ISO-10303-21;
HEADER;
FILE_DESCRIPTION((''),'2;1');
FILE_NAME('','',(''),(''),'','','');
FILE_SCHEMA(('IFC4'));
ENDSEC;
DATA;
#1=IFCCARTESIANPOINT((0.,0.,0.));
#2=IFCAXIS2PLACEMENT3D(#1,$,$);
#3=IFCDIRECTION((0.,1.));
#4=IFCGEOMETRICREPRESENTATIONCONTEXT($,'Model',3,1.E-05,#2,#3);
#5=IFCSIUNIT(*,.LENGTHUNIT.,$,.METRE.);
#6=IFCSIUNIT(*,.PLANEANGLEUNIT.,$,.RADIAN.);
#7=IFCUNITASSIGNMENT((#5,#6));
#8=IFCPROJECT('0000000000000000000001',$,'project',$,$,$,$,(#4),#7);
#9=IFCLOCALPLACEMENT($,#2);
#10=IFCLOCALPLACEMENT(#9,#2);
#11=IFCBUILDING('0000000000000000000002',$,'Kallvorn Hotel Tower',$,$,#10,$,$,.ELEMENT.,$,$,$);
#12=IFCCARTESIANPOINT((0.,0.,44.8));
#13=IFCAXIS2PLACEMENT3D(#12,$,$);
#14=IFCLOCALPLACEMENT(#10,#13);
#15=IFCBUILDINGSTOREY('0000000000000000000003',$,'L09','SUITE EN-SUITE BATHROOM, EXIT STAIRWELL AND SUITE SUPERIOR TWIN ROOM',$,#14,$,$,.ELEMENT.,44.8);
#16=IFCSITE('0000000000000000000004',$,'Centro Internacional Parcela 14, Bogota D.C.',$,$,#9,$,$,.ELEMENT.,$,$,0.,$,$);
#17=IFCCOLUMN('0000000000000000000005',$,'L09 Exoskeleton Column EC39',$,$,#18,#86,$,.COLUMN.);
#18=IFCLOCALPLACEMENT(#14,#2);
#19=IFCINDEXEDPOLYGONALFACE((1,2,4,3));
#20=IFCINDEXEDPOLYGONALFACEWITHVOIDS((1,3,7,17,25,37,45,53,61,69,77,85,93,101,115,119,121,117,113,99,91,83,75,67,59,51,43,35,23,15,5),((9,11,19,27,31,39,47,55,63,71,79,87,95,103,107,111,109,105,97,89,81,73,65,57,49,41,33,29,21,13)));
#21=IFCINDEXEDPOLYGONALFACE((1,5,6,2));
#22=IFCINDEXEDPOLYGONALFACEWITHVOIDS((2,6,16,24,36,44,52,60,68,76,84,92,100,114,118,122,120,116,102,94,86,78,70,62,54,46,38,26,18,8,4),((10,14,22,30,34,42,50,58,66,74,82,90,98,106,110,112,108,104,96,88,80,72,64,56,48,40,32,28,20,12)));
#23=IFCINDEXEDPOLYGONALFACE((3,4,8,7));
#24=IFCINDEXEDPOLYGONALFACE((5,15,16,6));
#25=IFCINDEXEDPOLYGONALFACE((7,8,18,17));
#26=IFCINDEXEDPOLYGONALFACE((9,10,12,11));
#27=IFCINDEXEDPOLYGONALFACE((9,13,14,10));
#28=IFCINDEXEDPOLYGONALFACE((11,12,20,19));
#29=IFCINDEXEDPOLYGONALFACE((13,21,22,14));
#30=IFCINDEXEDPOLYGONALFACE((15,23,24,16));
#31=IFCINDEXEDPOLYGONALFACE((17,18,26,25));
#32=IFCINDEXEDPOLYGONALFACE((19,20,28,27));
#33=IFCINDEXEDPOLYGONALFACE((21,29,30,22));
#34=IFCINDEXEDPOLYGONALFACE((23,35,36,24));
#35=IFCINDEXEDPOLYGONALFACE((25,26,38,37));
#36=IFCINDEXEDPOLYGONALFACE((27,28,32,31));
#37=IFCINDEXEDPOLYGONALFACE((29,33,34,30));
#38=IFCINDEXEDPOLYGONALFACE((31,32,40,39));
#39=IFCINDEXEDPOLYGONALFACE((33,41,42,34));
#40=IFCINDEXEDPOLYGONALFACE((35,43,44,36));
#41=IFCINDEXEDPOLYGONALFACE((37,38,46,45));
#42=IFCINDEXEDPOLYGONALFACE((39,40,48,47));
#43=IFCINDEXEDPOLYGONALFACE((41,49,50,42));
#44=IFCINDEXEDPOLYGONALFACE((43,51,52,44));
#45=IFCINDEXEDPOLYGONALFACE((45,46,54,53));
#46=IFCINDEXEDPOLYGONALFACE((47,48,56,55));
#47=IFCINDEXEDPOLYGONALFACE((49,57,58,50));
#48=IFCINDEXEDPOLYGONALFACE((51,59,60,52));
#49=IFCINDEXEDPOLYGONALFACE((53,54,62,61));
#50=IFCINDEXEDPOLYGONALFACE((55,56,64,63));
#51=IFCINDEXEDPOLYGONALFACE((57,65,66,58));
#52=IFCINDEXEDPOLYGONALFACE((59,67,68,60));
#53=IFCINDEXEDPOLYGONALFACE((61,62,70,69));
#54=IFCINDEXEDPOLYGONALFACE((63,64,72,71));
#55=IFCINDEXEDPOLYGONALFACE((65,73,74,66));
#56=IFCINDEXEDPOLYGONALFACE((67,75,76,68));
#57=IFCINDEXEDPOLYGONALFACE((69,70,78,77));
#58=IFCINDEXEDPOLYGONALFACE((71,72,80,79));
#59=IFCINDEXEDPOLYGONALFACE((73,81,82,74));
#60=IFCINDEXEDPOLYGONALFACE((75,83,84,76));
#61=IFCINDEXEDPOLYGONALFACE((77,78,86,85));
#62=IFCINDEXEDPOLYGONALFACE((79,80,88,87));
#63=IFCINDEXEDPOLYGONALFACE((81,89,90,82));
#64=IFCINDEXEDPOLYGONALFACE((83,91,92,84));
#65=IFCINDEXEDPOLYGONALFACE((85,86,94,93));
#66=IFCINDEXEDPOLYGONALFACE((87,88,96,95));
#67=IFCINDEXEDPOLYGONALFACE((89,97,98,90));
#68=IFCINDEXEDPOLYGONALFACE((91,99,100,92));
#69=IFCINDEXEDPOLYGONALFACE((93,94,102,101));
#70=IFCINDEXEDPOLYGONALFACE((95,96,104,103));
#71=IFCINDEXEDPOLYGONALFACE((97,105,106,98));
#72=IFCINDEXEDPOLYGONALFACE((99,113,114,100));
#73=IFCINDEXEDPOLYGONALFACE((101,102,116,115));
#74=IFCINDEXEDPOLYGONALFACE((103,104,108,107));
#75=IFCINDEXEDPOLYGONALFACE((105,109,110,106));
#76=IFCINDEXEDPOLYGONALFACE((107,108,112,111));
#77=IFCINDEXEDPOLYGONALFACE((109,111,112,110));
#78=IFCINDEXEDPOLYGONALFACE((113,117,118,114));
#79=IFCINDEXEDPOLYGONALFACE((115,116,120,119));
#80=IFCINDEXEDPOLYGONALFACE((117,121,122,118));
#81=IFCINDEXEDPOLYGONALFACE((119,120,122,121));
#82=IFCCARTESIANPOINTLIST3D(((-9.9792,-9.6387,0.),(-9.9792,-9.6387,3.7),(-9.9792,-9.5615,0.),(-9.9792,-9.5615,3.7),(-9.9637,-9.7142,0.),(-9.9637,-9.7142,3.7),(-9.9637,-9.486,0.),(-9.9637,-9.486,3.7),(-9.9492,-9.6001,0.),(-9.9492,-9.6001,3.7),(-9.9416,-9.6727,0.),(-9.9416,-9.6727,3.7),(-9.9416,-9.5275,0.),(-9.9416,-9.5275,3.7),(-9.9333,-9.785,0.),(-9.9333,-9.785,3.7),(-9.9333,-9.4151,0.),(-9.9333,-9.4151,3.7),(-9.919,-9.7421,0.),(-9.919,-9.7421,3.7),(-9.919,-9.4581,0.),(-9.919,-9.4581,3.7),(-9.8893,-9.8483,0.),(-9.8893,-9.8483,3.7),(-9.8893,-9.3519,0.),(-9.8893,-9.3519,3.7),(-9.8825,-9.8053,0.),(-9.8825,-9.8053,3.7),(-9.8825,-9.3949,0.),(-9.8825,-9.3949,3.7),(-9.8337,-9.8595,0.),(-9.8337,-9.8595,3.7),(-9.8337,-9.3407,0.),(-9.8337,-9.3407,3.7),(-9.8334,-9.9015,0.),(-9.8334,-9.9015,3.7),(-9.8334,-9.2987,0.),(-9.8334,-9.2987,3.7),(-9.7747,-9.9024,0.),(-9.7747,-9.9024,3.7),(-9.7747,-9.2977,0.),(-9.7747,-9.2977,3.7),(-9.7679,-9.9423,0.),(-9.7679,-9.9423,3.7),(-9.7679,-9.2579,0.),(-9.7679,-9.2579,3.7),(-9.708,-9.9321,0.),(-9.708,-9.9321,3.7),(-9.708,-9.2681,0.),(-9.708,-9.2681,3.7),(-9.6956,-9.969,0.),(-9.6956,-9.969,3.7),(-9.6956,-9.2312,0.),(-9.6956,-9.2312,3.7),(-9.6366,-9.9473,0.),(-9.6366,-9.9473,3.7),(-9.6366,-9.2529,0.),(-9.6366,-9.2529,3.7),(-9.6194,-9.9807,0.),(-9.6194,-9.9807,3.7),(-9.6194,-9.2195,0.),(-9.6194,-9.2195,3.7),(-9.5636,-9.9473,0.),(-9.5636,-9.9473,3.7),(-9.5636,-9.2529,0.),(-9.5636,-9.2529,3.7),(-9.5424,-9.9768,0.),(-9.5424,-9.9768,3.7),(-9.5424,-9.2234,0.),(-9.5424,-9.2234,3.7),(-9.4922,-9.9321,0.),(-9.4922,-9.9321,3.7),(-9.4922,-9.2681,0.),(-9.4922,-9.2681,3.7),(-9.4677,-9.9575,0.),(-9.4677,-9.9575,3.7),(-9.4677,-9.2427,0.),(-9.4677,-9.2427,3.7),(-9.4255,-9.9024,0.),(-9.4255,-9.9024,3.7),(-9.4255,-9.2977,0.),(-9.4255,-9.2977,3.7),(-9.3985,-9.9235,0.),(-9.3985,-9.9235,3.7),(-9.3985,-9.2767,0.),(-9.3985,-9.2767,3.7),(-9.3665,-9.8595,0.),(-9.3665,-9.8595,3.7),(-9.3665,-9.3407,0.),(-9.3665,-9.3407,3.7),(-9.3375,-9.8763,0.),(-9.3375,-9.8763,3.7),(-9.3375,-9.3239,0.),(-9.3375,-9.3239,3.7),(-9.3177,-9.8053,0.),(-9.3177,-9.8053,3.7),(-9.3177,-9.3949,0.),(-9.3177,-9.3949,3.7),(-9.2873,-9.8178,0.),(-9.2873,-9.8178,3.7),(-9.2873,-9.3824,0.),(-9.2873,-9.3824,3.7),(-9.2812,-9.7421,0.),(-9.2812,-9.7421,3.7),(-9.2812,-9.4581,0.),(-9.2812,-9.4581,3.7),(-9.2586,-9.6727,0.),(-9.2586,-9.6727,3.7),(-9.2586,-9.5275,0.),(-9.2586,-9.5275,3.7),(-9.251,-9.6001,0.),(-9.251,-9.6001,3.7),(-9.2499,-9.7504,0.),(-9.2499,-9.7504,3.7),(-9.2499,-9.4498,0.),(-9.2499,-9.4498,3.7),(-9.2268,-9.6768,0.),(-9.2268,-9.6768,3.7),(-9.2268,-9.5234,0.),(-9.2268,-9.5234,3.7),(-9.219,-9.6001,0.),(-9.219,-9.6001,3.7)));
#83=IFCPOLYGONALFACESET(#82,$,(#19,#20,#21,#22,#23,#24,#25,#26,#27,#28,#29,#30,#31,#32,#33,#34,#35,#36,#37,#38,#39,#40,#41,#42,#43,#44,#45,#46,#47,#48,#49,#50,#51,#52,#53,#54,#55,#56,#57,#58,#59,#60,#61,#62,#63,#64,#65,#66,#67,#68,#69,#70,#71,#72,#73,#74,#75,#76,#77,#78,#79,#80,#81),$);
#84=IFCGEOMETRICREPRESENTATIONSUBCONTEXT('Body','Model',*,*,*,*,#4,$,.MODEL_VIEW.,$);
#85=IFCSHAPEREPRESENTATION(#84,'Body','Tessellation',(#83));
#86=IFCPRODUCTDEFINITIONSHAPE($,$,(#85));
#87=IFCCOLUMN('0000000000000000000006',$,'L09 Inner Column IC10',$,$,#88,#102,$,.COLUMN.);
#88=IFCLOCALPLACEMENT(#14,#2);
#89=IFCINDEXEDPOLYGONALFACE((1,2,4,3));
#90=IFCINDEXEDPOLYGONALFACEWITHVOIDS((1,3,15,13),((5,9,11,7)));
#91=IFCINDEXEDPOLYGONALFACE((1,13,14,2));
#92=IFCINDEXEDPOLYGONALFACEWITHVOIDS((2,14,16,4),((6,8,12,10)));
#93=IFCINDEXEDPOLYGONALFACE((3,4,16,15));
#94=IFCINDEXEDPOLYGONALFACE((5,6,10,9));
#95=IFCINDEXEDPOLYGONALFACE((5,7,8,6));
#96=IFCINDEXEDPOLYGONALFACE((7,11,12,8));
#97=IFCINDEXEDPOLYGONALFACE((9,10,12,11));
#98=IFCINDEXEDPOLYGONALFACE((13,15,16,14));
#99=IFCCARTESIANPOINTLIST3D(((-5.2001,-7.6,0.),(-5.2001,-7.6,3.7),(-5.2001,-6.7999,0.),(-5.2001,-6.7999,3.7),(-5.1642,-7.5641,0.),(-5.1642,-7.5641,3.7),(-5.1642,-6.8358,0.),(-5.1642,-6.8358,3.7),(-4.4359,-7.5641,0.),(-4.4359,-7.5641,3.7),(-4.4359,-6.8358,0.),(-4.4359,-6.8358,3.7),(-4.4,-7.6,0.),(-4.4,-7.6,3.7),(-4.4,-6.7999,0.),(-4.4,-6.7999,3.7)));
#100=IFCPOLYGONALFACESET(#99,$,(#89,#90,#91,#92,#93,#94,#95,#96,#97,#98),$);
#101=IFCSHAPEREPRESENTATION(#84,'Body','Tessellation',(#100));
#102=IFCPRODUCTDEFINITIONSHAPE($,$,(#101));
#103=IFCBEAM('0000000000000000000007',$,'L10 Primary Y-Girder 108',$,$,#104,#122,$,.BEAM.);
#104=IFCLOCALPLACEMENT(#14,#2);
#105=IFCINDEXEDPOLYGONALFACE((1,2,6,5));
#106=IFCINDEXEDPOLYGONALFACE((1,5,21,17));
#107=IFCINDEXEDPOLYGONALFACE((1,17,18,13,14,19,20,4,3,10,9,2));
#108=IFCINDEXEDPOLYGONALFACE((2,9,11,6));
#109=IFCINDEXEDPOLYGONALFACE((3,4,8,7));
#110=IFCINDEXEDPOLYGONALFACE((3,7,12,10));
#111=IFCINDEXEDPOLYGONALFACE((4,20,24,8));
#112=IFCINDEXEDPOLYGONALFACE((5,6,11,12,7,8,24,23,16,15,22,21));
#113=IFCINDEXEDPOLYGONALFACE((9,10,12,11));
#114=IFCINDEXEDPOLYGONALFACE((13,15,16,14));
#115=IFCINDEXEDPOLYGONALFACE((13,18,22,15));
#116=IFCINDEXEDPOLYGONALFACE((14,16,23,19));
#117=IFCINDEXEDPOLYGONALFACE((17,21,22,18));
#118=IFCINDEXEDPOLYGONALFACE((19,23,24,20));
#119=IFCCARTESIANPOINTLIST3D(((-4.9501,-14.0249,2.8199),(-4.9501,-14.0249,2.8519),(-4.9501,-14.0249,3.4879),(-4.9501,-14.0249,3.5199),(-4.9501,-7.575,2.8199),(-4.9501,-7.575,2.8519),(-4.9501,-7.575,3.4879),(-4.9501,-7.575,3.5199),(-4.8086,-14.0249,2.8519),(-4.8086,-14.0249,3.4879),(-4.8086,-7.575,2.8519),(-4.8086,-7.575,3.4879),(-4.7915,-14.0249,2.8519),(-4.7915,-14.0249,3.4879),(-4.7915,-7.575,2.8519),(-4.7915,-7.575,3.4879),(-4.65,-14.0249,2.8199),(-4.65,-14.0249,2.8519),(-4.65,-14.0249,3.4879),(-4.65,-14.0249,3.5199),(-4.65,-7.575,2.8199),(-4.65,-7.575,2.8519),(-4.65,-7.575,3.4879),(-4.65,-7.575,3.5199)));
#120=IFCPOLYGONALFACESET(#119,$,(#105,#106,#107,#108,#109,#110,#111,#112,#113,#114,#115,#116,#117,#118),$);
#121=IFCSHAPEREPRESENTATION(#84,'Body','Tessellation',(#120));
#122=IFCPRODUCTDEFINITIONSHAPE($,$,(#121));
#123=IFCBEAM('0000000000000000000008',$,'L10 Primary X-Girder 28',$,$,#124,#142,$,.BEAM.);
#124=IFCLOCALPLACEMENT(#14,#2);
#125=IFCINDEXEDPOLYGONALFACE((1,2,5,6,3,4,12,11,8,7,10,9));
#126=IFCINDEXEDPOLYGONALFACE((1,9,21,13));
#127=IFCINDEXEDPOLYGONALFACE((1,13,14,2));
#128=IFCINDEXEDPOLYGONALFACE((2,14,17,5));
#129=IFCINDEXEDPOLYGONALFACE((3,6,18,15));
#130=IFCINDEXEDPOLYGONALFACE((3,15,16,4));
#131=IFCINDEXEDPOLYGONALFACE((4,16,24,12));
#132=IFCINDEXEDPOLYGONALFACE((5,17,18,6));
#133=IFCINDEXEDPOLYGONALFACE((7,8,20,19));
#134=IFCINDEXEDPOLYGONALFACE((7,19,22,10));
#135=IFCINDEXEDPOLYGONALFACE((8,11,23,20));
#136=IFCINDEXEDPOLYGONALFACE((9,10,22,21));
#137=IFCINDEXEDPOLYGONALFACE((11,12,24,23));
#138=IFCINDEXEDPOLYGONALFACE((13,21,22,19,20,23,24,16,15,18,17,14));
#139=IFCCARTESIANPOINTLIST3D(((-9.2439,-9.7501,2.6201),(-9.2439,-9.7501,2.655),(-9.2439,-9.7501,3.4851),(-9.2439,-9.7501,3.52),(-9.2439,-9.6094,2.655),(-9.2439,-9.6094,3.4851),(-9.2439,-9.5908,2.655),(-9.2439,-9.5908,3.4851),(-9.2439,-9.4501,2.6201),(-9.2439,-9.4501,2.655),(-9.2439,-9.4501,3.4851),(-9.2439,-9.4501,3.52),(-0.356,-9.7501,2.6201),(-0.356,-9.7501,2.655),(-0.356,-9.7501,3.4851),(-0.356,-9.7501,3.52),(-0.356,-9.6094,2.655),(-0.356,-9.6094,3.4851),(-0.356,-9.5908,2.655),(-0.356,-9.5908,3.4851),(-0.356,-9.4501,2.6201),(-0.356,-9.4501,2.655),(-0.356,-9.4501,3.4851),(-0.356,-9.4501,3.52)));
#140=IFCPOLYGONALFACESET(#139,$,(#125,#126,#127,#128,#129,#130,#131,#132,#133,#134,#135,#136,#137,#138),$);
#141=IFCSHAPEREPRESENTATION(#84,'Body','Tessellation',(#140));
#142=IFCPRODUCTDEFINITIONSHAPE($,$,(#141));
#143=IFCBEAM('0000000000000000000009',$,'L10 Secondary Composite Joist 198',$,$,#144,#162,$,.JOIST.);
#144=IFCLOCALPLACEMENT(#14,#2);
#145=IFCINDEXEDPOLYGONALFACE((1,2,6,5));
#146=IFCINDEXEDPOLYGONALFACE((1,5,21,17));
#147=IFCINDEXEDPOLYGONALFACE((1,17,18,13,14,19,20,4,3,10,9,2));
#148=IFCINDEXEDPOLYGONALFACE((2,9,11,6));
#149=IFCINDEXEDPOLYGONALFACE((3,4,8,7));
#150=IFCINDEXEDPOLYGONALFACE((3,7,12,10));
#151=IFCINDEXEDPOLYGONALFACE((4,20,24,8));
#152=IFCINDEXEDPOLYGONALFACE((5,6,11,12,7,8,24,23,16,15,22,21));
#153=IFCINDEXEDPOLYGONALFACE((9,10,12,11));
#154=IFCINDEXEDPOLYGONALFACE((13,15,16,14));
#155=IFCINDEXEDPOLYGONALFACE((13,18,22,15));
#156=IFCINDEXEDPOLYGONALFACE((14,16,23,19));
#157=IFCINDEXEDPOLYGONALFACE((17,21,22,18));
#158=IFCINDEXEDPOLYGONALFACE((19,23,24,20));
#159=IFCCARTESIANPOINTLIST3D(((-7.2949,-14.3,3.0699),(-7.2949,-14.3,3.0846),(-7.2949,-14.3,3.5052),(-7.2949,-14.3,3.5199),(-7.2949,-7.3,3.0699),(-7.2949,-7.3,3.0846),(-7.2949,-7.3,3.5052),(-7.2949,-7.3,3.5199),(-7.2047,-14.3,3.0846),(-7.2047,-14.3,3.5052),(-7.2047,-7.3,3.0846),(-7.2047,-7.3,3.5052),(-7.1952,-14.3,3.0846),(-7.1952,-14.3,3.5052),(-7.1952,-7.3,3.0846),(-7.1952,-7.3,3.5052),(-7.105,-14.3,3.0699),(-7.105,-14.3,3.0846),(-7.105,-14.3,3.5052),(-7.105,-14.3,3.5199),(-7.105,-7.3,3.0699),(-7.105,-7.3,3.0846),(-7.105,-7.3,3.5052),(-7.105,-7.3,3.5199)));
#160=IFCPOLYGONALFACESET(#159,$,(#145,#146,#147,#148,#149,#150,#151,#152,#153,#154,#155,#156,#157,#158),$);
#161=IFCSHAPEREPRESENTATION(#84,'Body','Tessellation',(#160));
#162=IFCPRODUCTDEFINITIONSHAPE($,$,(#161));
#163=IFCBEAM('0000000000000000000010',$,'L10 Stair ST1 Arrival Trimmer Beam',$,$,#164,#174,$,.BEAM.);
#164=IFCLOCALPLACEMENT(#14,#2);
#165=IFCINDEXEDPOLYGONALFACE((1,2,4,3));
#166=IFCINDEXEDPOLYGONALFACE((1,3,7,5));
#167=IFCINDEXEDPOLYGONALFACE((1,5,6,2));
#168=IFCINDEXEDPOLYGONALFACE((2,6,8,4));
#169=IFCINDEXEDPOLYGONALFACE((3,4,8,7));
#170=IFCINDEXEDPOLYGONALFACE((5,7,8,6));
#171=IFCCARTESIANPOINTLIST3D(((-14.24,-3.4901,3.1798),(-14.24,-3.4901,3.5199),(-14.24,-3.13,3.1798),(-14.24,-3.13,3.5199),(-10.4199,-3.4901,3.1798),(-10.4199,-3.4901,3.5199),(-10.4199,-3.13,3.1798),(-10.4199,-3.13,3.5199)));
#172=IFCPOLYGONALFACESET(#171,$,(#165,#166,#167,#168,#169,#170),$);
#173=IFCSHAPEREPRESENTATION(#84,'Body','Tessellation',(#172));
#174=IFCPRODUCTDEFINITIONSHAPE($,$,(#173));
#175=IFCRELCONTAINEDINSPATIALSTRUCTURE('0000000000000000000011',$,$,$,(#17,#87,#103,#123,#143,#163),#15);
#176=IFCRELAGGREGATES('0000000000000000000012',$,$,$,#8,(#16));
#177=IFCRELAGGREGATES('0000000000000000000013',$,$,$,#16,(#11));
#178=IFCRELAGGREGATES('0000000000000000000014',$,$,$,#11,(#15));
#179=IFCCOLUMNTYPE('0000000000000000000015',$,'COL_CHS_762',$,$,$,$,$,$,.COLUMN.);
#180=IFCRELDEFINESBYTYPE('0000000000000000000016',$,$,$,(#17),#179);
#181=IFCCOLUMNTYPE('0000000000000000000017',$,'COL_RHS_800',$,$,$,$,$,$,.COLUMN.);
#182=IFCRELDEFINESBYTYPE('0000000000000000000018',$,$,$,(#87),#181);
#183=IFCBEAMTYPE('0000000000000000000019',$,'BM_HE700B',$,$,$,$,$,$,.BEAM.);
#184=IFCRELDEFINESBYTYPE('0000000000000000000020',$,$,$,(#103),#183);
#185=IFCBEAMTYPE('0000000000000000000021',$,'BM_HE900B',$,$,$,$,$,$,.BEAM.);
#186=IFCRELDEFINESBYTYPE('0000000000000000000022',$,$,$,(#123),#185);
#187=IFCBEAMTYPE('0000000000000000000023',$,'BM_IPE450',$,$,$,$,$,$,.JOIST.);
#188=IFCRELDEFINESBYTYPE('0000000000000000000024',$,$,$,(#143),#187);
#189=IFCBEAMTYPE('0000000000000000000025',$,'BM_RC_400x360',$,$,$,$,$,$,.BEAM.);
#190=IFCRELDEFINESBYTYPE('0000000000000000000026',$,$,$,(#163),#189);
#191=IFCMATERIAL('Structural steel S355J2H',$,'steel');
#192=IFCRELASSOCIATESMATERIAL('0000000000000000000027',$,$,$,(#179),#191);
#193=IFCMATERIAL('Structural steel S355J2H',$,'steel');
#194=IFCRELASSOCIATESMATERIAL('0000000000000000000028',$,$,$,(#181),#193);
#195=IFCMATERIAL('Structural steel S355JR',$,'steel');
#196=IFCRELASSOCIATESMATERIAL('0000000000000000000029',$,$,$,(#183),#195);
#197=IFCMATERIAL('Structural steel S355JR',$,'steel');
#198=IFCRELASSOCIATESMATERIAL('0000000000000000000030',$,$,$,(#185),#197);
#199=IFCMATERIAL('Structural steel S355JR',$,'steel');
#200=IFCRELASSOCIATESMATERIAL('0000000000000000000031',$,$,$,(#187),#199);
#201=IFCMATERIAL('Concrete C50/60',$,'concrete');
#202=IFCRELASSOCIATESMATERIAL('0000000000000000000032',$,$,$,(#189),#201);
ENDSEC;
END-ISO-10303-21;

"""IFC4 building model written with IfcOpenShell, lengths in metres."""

from ifc_helpers import new_model, si_unit, direction, frame, origin, origin_2d, place, context, subcontext, project, spatial, rectangle, hollow_rectangle, hollow_circle, i_section, extrude, material, material_profile, profile_set, type_object, element, save


model = new_model("IFC4")

# Units and contexts
model_context = context("Model", 3, precision=1e-05, world=origin(), true_north=direction((0.0, 1.0)))
body_context = subcontext(model_context, "Body", "Model", "MODEL_VIEW")
ifc_project = project(units=[si_unit("LENGTHUNIT", "METRE"), si_unit("PLANEANGLEUNIT", "RADIAN")], contexts=[model_context])

# Site, building, storey
site_placement = place(None, origin())
site = spatial("IfcSite", under=ifc_project, at=site_placement, Name="Centro Internacional Parcela 14, Bogota D.C.", CompositionType="ELEMENT", RefElevation=0.0)
building_placement = place(site_placement, origin())
building = spatial("IfcBuilding", under=site, at=building_placement, Name="Kallvorn Hotel Tower", CompositionType="ELEMENT")
storey_placement = place(building_placement, frame((0.0, 0.0, 44.8)))
storey = spatial("IfcBuildingStorey", under=building, at=storey_placement, Name="L09", Description="SUITE EN-SUITE BATHROOM, EXIT STAIRWELL AND SUITE SUPERIOR TWIN ROOM", CompositionType="ELEMENT", Elevation=44.8)

# Columns
ifc_material_1 = material(Name="Structural steel S355J2H", Category="steel")
ifc_material_profile_1 = material_profile(ifc_material_1, hollow_circle(Radius=0.3811, WallThickness=0.032, at=origin_2d()), Name="CHS 762x32")
ifc_profile_set_1 = profile_set([ifc_material_profile_1], Name="Structural steel S355J2H")
column_type_1 = type_object("IfcColumnType", Name="COL_CHS_762", PredefinedType="COLUMN", material=ifc_profile_set_1)
column_1_placement = place(storey_placement, frame((-9.6001, -9.6001, 0.0), z_axis=(0.0, 0.0, 1.0), x_axis=(1.0, 0.0, 0.0)))
element("IfcColumn", 1, at=column_1_placement, inside=storey, type_object=column_type_1, Name="L09 Exoskeleton Column EC39", PredefinedType="COLUMN", context=body_context, shape_type="SweptSolid", body=[
    extrude(hollow_circle(Radius=0.3811, WallThickness=0.032, at=origin_2d()), origin(), (0.0, 0.0, 1.0), 3.7),
])
ifc_material_2 = material(Name="Structural steel S355J2H", Category="steel")
ifc_material_profile_2 = material_profile(ifc_material_2, hollow_rectangle(XDim=0.8, YDim=0.8, WallThickness=0.0359, at=origin_2d()), Name="RHS 800x800x36")
ifc_profile_set_2 = profile_set([ifc_material_profile_2], Name="Structural steel S355J2H")
column_type_2 = type_object("IfcColumnType", Name="COL_RHS_800", PredefinedType="COLUMN", material=ifc_profile_set_2)
column_2_placement = place(storey_placement, frame((-4.8, -7.2, 0.0), z_axis=(0.0, 0.0, 1.0), x_axis=(1.0, 0.0, 0.0)))
element("IfcColumn", 2, at=column_2_placement, inside=storey, type_object=column_type_2, Name="L09 Inner Column IC10", PredefinedType="COLUMN", context=body_context, shape_type="SweptSolid", body=[
    extrude(hollow_rectangle(XDim=0.8, YDim=0.8, WallThickness=0.0359, at=origin_2d()), origin(), (0.0, 0.0, 1.0), 3.7),
])

# Beams
ifc_material_3 = material(Name="Structural steel S355JR", Category="steel")
ifc_material_profile_3 = material_profile(ifc_material_3, i_section(OverallWidth=0.3, OverallDepth=0.7, WebThickness=0.0171, FlangeThickness=0.032, at=origin_2d()), Name="HE 700 B")
ifc_profile_set_3 = profile_set([ifc_material_profile_3], Name="Structural steel S355JR")
beam_type_1 = type_object("IfcBeamType", Name="BM_HE700B", PredefinedType="BEAM", material=ifc_profile_set_3)
beam_1_placement = place(storey_placement, frame((-4.8, -14.0249, 3.1699), z_axis=(0.0, 1.0, 0.0), x_axis=(-1.0, 0.0, 0.0)))
element("IfcBeam", 3, at=beam_1_placement, inside=storey, type_object=beam_type_1, Name="L10 Primary Y-Girder 108", PredefinedType="BEAM", context=body_context, shape_type="SweptSolid", body=[
    extrude(i_section(OverallWidth=0.3, OverallDepth=0.7, WebThickness=0.0171, FlangeThickness=0.032, at=origin_2d()), origin(), (0.0, 0.0, 1.0), 6.45),
])
ifc_material_4 = material(Name="Structural steel S355JR", Category="steel")
ifc_material_profile_4 = material_profile(ifc_material_4, i_section(OverallWidth=0.3, OverallDepth=0.8999, WebThickness=0.0186, FlangeThickness=0.0349, at=origin_2d()), Name="HE 900 B")
ifc_profile_set_4 = profile_set([ifc_material_profile_4], Name="Structural steel S355JR")
beam_type_2 = type_object("IfcBeamType", Name="BM_HE900B", PredefinedType="BEAM", material=ifc_profile_set_4)
beam_2_placement = place(storey_placement, frame((-9.2439, -9.6001, 3.0701), z_axis=(1.0, 0.0, 0.0), x_axis=(0.0, 1.0, 0.0)))
element("IfcBeam", 4, at=beam_2_placement, inside=storey, type_object=beam_type_2, Name="L10 Primary X-Girder 28", PredefinedType="BEAM", context=body_context, shape_type="SweptSolid", body=[
    extrude(i_section(OverallWidth=0.3, OverallDepth=0.8999, WebThickness=0.0186, FlangeThickness=0.0349, at=origin_2d()), origin(), (0.0, 0.0, 1.0), 8.8879),
])
ifc_material_5 = material(Name="Structural steel S355JR", Category="steel")
ifc_material_profile_5 = material_profile(ifc_material_5, i_section(OverallWidth=0.1899, OverallDepth=0.45, WebThickness=0.0095, FlangeThickness=0.0146, at=origin_2d()), Name="IPE 450")
ifc_profile_set_5 = profile_set([ifc_material_profile_5], Name="Structural steel S355JR")
beam_type_3 = type_object("IfcBeamType", Name="BM_IPE450", PredefinedType="JOIST", material=ifc_profile_set_5)
beam_3_placement = place(storey_placement, frame((-7.2, -14.3, 3.2949), z_axis=(0.0, 1.0, 0.0), x_axis=(-1.0, 0.0, 0.0)))
element("IfcBeam", 5, at=beam_3_placement, inside=storey, type_object=beam_type_3, Name="L10 Secondary Composite Joist 198", PredefinedType="JOIST", context=body_context, shape_type="SweptSolid", body=[
    extrude(i_section(OverallWidth=0.1899, OverallDepth=0.45, WebThickness=0.0095, FlangeThickness=0.0146, at=origin_2d()), origin(), (0.0, 0.0, 1.0), 7.0),
])
ifc_material_6 = material(Name="Concrete C50/60", Category="concrete")
ifc_material_profile_6 = material_profile(ifc_material_6, rectangle(XDim=0.3601, YDim=0.3401, at=origin_2d()), Name="RC 360x340")
ifc_profile_set_6 = profile_set([ifc_material_profile_6], Name="Concrete C50/60")
beam_type_4 = type_object("IfcBeamType", Name="BM_RC_400x360", PredefinedType="BEAM", material=ifc_profile_set_6)
beam_4_placement = place(storey_placement, frame((-10.4199, -3.3101, 3.3499), z_axis=(-1.0, 0.0, 0.0), x_axis=(0.0, -1.0, 0.0)))
element("IfcBeam", 6, at=beam_4_placement, inside=storey, type_object=beam_type_4, Name="L10 Stair ST1 Arrival Trimmer Beam", PredefinedType="BEAM", context=body_context, shape_type="SweptSolid", body=[
    extrude(rectangle(XDim=0.3601, YDim=0.3401, at=origin_2d()), origin(), (0.0, 0.0, 1.0), 3.8201),
])

save(model, "model.ifc")
